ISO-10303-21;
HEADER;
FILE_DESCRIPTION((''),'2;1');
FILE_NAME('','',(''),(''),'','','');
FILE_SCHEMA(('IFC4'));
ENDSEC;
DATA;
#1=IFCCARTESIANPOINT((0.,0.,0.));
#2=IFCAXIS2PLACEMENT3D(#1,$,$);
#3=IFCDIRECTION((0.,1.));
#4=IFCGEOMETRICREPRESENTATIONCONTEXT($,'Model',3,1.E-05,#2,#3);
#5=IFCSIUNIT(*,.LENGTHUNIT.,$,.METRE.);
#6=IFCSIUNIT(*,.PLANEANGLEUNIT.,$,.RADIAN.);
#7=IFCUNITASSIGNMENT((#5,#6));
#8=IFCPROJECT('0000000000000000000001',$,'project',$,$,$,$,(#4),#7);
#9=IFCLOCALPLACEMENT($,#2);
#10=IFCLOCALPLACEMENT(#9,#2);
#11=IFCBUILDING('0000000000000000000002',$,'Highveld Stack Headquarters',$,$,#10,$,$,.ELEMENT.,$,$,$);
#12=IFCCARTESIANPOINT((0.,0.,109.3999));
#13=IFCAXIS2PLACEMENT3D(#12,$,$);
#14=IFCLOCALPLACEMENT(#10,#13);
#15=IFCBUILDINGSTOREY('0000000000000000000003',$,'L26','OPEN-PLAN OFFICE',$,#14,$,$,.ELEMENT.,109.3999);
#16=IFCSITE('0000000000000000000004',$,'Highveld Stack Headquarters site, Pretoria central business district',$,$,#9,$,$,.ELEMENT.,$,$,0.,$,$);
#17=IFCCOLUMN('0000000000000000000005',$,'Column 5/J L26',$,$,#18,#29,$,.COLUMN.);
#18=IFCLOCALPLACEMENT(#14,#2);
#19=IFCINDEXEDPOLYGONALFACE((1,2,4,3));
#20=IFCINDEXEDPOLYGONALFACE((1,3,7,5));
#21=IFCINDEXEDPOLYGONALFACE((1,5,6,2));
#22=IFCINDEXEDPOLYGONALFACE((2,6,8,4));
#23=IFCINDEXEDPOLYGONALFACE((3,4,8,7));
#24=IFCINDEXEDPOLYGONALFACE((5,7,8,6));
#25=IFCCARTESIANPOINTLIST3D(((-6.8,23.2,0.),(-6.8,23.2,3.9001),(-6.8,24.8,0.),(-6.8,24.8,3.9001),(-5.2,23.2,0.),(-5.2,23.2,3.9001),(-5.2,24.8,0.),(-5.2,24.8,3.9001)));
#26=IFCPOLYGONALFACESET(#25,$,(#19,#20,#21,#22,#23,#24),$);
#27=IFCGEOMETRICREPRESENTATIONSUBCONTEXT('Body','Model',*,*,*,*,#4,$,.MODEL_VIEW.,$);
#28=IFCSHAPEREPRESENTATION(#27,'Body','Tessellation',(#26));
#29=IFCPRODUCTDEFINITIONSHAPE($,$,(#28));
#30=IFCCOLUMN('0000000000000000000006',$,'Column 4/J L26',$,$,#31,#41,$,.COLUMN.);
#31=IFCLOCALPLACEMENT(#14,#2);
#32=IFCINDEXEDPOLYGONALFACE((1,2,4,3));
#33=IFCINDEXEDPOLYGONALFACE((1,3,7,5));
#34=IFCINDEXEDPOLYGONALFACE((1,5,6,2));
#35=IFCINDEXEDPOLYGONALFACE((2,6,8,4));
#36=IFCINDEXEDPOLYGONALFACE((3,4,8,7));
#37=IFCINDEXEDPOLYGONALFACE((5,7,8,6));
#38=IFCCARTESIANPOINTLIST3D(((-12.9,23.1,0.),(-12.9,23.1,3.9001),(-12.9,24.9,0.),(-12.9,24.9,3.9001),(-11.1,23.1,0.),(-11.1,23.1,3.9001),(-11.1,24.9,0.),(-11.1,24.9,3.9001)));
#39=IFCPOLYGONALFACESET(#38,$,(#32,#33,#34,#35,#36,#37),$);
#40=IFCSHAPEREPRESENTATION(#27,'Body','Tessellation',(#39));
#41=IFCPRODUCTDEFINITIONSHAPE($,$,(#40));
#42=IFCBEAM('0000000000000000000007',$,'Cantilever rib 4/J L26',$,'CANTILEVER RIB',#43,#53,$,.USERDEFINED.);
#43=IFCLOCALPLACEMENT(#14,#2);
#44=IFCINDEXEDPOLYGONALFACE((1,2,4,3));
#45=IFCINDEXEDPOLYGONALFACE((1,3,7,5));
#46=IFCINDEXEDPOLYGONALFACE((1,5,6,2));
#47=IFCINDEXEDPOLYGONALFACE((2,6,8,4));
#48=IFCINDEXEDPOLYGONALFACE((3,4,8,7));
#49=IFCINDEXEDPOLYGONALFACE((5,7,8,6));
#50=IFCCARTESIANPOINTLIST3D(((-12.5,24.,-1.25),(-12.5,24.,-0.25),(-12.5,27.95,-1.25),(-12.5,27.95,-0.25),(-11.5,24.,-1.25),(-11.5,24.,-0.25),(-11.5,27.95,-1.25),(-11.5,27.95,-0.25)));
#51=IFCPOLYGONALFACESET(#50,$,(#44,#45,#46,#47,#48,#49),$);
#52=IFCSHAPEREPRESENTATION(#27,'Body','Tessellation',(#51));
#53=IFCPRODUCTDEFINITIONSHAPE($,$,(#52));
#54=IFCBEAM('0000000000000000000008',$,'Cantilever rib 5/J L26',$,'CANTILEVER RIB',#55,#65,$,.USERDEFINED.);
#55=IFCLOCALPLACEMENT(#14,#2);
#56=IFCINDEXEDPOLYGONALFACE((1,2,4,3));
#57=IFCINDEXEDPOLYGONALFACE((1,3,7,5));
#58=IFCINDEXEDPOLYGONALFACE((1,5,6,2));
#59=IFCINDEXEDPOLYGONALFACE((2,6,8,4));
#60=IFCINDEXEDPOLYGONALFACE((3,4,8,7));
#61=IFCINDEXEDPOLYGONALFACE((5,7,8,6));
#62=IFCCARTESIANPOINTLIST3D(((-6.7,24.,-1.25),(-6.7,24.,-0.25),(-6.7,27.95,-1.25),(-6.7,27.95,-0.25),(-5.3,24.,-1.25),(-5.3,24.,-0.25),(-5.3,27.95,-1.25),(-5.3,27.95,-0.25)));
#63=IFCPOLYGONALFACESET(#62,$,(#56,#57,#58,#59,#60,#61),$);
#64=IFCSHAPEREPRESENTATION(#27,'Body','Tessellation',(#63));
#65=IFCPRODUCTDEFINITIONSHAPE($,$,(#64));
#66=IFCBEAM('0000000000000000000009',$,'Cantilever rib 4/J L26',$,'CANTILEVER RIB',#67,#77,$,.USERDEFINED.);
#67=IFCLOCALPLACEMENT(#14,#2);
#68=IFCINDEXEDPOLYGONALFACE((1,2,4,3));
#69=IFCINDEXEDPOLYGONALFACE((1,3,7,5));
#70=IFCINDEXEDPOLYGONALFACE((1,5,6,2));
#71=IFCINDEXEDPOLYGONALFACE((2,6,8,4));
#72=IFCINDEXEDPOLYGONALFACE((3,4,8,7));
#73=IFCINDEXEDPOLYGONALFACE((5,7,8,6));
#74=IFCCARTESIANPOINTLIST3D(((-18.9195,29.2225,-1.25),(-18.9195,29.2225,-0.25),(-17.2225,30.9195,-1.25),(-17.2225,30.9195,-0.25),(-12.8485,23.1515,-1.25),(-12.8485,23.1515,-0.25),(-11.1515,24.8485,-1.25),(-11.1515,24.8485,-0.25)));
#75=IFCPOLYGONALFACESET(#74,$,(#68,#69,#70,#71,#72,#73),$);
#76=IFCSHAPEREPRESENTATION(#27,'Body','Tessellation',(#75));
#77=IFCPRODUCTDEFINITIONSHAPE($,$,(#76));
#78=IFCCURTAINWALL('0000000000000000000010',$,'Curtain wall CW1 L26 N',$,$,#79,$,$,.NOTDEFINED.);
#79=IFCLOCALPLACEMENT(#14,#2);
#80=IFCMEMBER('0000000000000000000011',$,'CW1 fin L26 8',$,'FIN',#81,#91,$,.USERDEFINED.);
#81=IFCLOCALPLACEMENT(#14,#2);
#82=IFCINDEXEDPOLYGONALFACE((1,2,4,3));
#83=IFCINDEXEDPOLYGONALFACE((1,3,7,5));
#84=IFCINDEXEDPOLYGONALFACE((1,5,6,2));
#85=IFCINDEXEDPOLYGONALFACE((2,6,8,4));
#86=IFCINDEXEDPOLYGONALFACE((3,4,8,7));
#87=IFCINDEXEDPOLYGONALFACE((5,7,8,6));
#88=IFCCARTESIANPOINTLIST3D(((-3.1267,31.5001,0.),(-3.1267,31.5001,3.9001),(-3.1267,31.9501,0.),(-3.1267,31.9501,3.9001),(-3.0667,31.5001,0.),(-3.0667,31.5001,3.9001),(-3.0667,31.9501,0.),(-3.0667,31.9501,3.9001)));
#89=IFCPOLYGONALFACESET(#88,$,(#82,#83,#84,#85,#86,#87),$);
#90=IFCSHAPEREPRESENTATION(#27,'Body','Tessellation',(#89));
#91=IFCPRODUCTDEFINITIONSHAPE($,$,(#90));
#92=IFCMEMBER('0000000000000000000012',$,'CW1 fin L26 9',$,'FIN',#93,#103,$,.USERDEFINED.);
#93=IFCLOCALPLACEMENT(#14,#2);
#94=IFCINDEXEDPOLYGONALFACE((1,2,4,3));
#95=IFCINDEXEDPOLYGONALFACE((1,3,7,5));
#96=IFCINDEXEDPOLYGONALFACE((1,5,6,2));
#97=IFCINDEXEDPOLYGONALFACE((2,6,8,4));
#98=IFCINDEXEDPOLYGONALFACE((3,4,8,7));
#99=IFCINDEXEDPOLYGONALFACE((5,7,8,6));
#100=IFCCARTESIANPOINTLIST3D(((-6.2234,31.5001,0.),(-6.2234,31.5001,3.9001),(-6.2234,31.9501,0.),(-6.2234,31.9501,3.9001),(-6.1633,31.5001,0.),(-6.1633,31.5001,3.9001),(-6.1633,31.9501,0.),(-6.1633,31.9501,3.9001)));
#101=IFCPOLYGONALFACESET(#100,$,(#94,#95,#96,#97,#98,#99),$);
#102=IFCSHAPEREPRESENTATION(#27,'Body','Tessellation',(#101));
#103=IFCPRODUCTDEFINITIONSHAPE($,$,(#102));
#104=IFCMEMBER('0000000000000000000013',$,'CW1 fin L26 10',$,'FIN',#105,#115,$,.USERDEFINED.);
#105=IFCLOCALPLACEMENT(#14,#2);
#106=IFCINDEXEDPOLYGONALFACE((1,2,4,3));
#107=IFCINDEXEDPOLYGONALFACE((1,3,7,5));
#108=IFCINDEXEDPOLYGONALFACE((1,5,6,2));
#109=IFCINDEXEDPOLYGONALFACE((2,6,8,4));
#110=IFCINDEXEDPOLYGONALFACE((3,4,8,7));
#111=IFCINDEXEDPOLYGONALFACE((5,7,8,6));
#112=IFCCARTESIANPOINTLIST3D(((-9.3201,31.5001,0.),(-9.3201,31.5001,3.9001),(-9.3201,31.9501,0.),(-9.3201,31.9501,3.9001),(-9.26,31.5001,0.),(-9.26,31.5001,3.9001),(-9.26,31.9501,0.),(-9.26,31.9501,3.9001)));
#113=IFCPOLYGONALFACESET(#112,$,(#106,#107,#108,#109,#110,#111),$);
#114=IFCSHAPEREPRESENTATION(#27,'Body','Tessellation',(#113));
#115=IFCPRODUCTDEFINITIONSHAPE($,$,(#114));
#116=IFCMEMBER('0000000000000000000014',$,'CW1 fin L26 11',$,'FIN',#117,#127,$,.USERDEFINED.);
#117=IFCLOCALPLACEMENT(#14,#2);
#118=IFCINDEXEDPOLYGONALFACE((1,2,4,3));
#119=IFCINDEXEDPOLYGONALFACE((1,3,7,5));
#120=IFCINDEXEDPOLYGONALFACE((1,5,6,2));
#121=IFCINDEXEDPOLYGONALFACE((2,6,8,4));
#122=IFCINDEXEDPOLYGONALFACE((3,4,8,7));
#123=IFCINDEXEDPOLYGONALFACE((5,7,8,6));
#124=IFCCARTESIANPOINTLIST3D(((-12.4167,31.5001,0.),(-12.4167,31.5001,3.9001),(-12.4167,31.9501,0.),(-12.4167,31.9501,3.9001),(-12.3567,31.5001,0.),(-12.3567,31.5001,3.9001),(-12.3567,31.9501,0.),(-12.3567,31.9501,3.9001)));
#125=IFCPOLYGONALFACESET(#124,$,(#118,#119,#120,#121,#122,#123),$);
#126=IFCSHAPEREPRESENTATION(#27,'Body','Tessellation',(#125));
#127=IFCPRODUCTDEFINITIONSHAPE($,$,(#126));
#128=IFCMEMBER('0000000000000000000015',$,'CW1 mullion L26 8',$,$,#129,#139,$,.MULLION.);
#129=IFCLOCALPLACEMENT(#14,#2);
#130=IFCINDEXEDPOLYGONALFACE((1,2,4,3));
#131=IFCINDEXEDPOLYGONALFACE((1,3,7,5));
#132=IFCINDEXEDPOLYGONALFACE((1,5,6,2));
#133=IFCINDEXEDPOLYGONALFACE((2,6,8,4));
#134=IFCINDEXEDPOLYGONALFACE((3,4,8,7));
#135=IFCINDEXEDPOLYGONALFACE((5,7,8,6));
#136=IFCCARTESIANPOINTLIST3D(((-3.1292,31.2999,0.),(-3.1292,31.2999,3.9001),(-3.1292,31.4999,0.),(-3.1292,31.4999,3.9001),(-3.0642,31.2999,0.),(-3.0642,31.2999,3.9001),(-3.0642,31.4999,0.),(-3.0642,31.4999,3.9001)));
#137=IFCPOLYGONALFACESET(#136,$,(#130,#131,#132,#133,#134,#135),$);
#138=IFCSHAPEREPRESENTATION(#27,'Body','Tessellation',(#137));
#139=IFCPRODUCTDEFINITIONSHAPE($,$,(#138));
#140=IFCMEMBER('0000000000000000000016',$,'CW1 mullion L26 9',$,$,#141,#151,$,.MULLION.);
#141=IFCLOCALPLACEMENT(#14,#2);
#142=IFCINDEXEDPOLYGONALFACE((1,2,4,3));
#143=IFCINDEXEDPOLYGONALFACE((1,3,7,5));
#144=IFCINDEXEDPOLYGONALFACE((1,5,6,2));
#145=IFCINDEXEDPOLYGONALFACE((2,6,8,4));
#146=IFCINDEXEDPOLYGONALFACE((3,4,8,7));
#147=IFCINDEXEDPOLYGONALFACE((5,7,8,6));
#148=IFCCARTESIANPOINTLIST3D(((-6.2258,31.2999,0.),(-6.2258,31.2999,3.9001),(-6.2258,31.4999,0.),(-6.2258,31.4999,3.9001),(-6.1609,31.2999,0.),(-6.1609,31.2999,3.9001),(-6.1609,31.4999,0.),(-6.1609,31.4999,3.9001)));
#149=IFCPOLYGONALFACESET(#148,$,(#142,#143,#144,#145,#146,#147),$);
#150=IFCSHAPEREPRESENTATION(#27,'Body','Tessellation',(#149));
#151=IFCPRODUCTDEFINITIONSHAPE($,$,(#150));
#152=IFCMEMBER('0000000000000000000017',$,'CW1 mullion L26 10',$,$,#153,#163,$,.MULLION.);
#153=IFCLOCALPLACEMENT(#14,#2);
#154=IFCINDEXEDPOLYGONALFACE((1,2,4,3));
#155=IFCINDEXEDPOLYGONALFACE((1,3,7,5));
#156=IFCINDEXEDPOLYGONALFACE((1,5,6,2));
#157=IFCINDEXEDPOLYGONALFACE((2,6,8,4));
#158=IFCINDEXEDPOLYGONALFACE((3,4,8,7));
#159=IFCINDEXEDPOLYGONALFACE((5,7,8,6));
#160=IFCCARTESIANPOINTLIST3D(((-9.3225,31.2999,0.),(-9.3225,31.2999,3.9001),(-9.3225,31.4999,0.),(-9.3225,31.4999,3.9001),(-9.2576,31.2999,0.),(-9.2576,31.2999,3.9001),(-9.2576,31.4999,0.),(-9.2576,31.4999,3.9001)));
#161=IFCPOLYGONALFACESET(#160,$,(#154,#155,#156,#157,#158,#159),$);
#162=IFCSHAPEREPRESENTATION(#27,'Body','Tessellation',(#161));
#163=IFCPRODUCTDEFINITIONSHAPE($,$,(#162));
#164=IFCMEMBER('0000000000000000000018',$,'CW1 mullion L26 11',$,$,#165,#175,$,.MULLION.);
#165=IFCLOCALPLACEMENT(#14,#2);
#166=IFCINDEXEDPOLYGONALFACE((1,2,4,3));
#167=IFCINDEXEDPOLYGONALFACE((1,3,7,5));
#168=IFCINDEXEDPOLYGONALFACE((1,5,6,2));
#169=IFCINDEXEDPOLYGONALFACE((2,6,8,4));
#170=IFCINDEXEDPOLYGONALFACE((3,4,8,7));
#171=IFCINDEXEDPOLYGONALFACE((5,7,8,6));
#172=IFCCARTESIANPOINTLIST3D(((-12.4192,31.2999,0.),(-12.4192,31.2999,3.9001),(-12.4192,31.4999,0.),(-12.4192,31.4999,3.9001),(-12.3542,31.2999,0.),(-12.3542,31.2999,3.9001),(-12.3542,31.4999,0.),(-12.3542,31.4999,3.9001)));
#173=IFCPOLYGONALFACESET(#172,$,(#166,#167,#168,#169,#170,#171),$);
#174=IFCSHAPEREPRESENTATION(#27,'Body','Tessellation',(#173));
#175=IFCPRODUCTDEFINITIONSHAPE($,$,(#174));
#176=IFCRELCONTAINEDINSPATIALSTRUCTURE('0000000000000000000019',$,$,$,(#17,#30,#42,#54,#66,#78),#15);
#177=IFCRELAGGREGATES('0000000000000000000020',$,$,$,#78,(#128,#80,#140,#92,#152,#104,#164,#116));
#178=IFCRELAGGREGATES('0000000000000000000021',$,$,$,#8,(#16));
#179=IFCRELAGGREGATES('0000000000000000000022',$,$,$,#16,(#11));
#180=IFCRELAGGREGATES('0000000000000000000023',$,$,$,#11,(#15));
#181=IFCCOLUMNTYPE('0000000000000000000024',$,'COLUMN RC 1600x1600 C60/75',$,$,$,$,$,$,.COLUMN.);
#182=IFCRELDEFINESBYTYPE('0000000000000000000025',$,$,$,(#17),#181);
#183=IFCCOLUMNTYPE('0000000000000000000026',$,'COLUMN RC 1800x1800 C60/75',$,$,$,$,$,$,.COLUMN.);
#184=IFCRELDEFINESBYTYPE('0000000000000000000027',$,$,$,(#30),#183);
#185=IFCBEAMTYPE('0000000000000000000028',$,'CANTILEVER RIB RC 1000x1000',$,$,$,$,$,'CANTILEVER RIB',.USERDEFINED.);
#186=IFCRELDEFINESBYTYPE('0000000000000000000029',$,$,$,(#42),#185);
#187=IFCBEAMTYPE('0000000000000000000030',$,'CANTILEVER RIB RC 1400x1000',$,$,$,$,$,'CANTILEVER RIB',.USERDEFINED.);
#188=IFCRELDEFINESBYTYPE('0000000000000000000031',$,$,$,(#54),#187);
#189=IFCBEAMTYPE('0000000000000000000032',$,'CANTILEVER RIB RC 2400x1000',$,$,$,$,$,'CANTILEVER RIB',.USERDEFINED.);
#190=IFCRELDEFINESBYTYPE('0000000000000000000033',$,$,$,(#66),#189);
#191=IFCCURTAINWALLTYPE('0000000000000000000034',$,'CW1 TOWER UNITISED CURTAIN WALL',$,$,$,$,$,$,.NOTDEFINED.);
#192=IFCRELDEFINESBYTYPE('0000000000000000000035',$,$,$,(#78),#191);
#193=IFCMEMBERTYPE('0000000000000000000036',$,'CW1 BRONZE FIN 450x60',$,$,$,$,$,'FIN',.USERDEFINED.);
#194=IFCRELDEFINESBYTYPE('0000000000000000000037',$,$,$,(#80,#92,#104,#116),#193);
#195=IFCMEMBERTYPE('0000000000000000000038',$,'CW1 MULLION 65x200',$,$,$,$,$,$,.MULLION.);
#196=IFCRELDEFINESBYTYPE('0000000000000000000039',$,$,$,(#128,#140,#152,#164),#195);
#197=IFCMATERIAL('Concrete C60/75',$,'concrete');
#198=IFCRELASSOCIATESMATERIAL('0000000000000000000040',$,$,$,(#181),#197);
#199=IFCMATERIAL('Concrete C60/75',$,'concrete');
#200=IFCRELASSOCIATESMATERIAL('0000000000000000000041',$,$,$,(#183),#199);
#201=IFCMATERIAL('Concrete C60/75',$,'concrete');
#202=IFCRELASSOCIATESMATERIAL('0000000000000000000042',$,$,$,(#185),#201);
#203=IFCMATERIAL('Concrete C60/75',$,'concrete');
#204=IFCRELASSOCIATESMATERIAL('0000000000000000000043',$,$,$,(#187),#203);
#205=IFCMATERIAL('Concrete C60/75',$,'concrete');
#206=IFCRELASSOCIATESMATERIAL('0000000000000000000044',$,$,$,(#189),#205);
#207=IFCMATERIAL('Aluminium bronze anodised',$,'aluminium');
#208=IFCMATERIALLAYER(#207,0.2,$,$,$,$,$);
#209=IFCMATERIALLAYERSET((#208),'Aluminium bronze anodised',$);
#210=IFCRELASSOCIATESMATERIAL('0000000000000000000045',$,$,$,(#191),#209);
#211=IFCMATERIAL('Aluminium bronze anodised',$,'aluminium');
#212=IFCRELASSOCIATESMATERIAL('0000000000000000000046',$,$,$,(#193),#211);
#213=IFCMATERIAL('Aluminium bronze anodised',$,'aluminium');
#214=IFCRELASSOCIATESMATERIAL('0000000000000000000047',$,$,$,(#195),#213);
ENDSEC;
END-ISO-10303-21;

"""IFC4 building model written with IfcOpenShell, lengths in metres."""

from ifc_helpers import new_model, si_unit, direction, frame, origin, origin_2d, place, context, subcontext, project, spatial, rectangle, extrude, material, layer, layer_set, material_profile, profile_set, type_object, element, aggregate, save


model = new_model("IFC4")

# Units and contexts
model_context = context("Model", 3, precision=1e-05, world=origin(), true_north=direction((0.0, 1.0)))
body_context = subcontext(model_context, "Body", "Model", "MODEL_VIEW")
ifc_project = project(units=[si_unit("LENGTHUNIT", "METRE"), si_unit("PLANEANGLEUNIT", "RADIAN")], contexts=[model_context])

# Site, building, storey
site_placement = place(None, origin())
site = spatial("IfcSite", under=ifc_project, at=site_placement, Name="Highveld Stack Headquarters site, Pretoria central business district", CompositionType="ELEMENT", RefElevation=0.0)
building_placement = place(site_placement, origin())
building = spatial("IfcBuilding", under=site, at=building_placement, Name="Highveld Stack Headquarters", CompositionType="ELEMENT")
storey_placement = place(building_placement, frame((0.0, 0.0, 109.3999)))
storey = spatial("IfcBuildingStorey", under=building, at=storey_placement, Name="L26", Description="OPEN-PLAN OFFICE", CompositionType="ELEMENT", Elevation=109.3999)

# Columns
ifc_material_1 = material(Name="Concrete C60/75", Category="concrete")
ifc_material_profile_1 = material_profile(ifc_material_1, rectangle(XDim=1.6001, YDim=1.6001, at=origin_2d()), Name="RC 1600x1600")
ifc_profile_set_1 = profile_set([ifc_material_profile_1], Name="Concrete C60/75")
column_type_1 = type_object("IfcColumnType", Name="COLUMN RC 1600x1600 C60/75", PredefinedType="COLUMN", material=ifc_profile_set_1)
column_1_placement = place(storey_placement, frame((-6.0, 24.0, 0.0), z_axis=(0.0, 0.0, 1.0), x_axis=(1.0, 0.0, 0.0)))
element("IfcColumn", 1, at=column_1_placement, inside=storey, type_object=column_type_1, Name="Column 5/J L26", PredefinedType="COLUMN", context=body_context, shape_type="SweptSolid", body=[
    extrude(rectangle(XDim=1.6001, YDim=1.6001, at=origin_2d()), origin(), (0.0, 0.0, 1.0), 3.9001),
])
ifc_material_2 = material(Name="Concrete C60/75", Category="concrete")
ifc_material_profile_2 = material_profile(ifc_material_2, rectangle(XDim=1.8, YDim=1.8, at=origin_2d()), Name="RC 1800x1800")
ifc_profile_set_2 = profile_set([ifc_material_profile_2], Name="Concrete C60/75")
column_type_2 = type_object("IfcColumnType", Name="COLUMN RC 1800x1800 C60/75", PredefinedType="COLUMN", material=ifc_profile_set_2)
column_2_placement = place(storey_placement, frame((-12.0, 24.0, 0.0), z_axis=(0.0, 0.0, 1.0), x_axis=(1.0, 0.0, 0.0)))
element("IfcColumn", 2, at=column_2_placement, inside=storey, type_object=column_type_2, Name="Column 4/J L26", PredefinedType="COLUMN", context=body_context, shape_type="SweptSolid", body=[
    extrude(rectangle(XDim=1.8, YDim=1.8, at=origin_2d()), origin(), (0.0, 0.0, 1.0), 3.9001),
])

# Beams
ifc_material_3 = material(Name="Concrete C60/75", Category="concrete")
ifc_material_profile_3 = material_profile(ifc_material_3, rectangle(XDim=1.0, YDim=1.0, at=origin_2d()), Name="RC 1000x1000")
ifc_profile_set_3 = profile_set([ifc_material_profile_3], Name="Concrete C60/75")
beam_type_1 = type_object("IfcBeamType", Name="CANTILEVER RIB RC 1000x1000", ElementType="CANTILEVER RIB", PredefinedType="USERDEFINED", material=ifc_profile_set_3)
beam_1_placement = place(storey_placement, frame((-12.0, 24.0, -0.75), z_axis=(0.0, 1.0, 0.0), x_axis=(-1.0, 0.0, 0.0)))
element("IfcBeam", 3, at=beam_1_placement, inside=storey, type_object=beam_type_1, Name="Cantilever rib 4/J L26", ObjectType="CANTILEVER RIB", PredefinedType="USERDEFINED", context=body_context, shape_type="SweptSolid", body=[
    extrude(rectangle(XDim=1.0, YDim=1.0, at=origin_2d()), origin(), (0.0, 0.0, 1.0), 3.95),
])
ifc_material_4 = material(Name="Concrete C60/75", Category="concrete")
ifc_material_profile_4 = material_profile(ifc_material_4, rectangle(XDim=1.3999, YDim=1.0, at=origin_2d()), Name="RC 1400x1000")
ifc_profile_set_4 = profile_set([ifc_material_profile_4], Name="Concrete C60/75")
beam_type_2 = type_object("IfcBeamType", Name="CANTILEVER RIB RC 1400x1000", ElementType="CANTILEVER RIB", PredefinedType="USERDEFINED", material=ifc_profile_set_4)
beam_2_placement = place(storey_placement, frame((-6.0, 24.0, -0.75), z_axis=(0.0, 1.0, 0.0), x_axis=(-1.0, 0.0, 0.0)))
element("IfcBeam", 4, at=beam_2_placement, inside=storey, type_object=beam_type_2, Name="Cantilever rib 5/J L26", ObjectType="CANTILEVER RIB", PredefinedType="USERDEFINED", context=body_context, shape_type="SweptSolid", body=[
    extrude(rectangle(XDim=1.3999, YDim=1.0, at=origin_2d()), origin(), (0.0, 0.0, 1.0), 3.95),
])
ifc_material_5 = material(Name="Concrete C60/75", Category="concrete")
ifc_material_profile_5 = material_profile(ifc_material_5, rectangle(XDim=2.3999, YDim=1.0, at=origin_2d()), Name="RC 2400x1000")
ifc_profile_set_5 = profile_set([ifc_material_profile_5], Name="Concrete C60/75")
beam_type_3 = type_object("IfcBeamType", Name="CANTILEVER RIB RC 2400x1000", ElementType="CANTILEVER RIB", PredefinedType="USERDEFINED", material=ifc_profile_set_5)
beam_3_placement = place(storey_placement, frame((-12.0, 24.0, -0.75), z_axis=(-0.707107, 0.707107, 0.0), x_axis=(-0.707107, -0.707107, 0.0)))
element("IfcBeam", 5, at=beam_3_placement, inside=storey, type_object=beam_type_3, Name="Cantilever rib 4/J L26", ObjectType="CANTILEVER RIB", PredefinedType="USERDEFINED", context=body_context, shape_type="SweptSolid", body=[
    extrude(rectangle(XDim=2.3999, YDim=1.0, at=origin_2d()), origin(), (0.0, 0.0, 1.0), 8.5857),
])

# Curtain wall, members
ifc_material_6 = material(Name="Aluminium bronze anodised", Category="aluminium")
ifc_layer_1 = layer(ifc_material_6, 0.2)
ifc_layer_set_1 = layer_set([ifc_layer_1], Name="Aluminium bronze anodised")
curtain_wall_type = type_object("IfcCurtainWallType", Name="CW1 TOWER UNITISED CURTAIN WALL", PredefinedType="NOTDEFINED", material=ifc_layer_set_1)
curtain_wall_placement = place(storey_placement, origin())
curtain_wall = element("IfcCurtainWall", 6, at=curtain_wall_placement, inside=storey, type_object=curtain_wall_type, Name="Curtain wall CW1 L26 N", PredefinedType="NOTDEFINED")
ifc_material_7 = material(Name="Aluminium bronze anodised", Category="aluminium")
ifc_material_profile_6 = material_profile(ifc_material_7, rectangle(XDim=0.45, YDim=0.0601, at=origin_2d()), Name="FIN 450x60")
ifc_profile_set_6 = profile_set([ifc_material_profile_6], Name="Aluminium bronze anodised")
member_type_1 = type_object("IfcMemberType", Name="CW1 BRONZE FIN 450x60", ElementType="FIN", PredefinedType="USERDEFINED", material=ifc_profile_set_6)
member_1_placement = place(storey_placement, frame((-3.0967, 31.7251, 0.0), z_axis=(0.0, 0.0, 1.0), x_axis=(0.0, -1.0, 0.0)))
member_1 = element("IfcMember", 7, at=member_1_placement, type_object=member_type_1, Name="CW1 fin L26 8", ObjectType="FIN", PredefinedType="USERDEFINED", context=body_context, shape_type="SweptSolid", body=[
    extrude(rectangle(XDim=0.45, YDim=0.0601, at=origin_2d()), origin(), (0.0, 0.0, 1.0), 3.9001),
])
member_2_placement = place(storey_placement, frame((-6.1934, 31.7251, 0.0), z_axis=(0.0, 0.0, 1.0), x_axis=(0.0, -1.0, 0.0)))
member_2 = element("IfcMember", 8, at=member_2_placement, type_object=member_type_1, Name="CW1 fin L26 9", ObjectType="FIN", PredefinedType="USERDEFINED", context=body_context, shape_type="SweptSolid", body=[
    extrude(rectangle(XDim=0.45, YDim=0.0601, at=origin_2d()), origin(), (0.0, 0.0, 1.0), 3.9001),
])
member_3_placement = place(storey_placement, frame((-9.29, 31.7251, 0.0), z_axis=(0.0, 0.0, 1.0), x_axis=(0.0, -1.0, 0.0)))
member_3 = element("IfcMember", 9, at=member_3_placement, type_object=member_type_1, Name="CW1 fin L26 10", ObjectType="FIN", PredefinedType="USERDEFINED", context=body_context, shape_type="SweptSolid", body=[
    extrude(rectangle(XDim=0.45, YDim=0.0601, at=origin_2d()), origin(), (0.0, 0.0, 1.0), 3.9001),
])
member_4_placement = place(storey_placement, frame((-12.3867, 31.7251, 0.0), z_axis=(0.0, 0.0, 1.0), x_axis=(0.0, -1.0, 0.0)))
member_4 = element("IfcMember", 10, at=member_4_placement, type_object=member_type_1, Name="CW1 fin L26 11", ObjectType="FIN", PredefinedType="USERDEFINED", context=body_context, shape_type="SweptSolid", body=[
    extrude(rectangle(XDim=0.45, YDim=0.0601, at=origin_2d()), origin(), (0.0, 0.0, 1.0), 3.9001),
])
ifc_material_8 = material(Name="Aluminium bronze anodised", Category="aluminium")
ifc_material_profile_7 = material_profile(ifc_material_8, rectangle(XDim=0.2, YDim=0.0649, at=origin_2d()), Name="CW1 MULLION 65x200")
ifc_profile_set_7 = profile_set([ifc_material_profile_7], Name="Aluminium bronze anodised")
member_type_2 = type_object("IfcMemberType", Name="CW1 MULLION 65x200", PredefinedType="MULLION", material=ifc_profile_set_7)
member_5_placement = place(storey_placement, frame((-3.0967, 31.3999, 0.0), z_axis=(0.0, 0.0, 1.0), x_axis=(0.0, -1.0, 0.0)))
member_5 = element("IfcMember", 11, at=member_5_placement, type_object=member_type_2, Name="CW1 mullion L26 8", PredefinedType="MULLION", context=body_context, shape_type="SweptSolid", body=[
    extrude(rectangle(XDim=0.2, YDim=0.0649, at=origin_2d()), origin(), (0.0, 0.0, 1.0), 3.9001),
])
member_6_placement = place(storey_placement, frame((-6.1934, 31.3999, 0.0), z_axis=(0.0, 0.0, 1.0), x_axis=(0.0, -1.0, 0.0)))
member_6 = element("IfcMember", 12, at=member_6_placement, type_object=member_type_2, Name="CW1 mullion L26 9", PredefinedType="MULLION", context=body_context, shape_type="SweptSolid", body=[
    extrude(rectangle(XDim=0.2, YDim=0.0649, at=origin_2d()), origin(), (0.0, 0.0, 1.0), 3.9001),
])
member_7_placement = place(storey_placement, frame((-9.29, 31.3999, 0.0), z_axis=(0.0, 0.0, 1.0), x_axis=(0.0, -1.0, 0.0)))
member_7 = element("IfcMember", 13, at=member_7_placement, type_object=member_type_2, Name="CW1 mullion L26 10", PredefinedType="MULLION", context=body_context, shape_type="SweptSolid", body=[
    extrude(rectangle(XDim=0.2, YDim=0.0649, at=origin_2d()), origin(), (0.0, 0.0, 1.0), 3.9001),
])
member_8_placement = place(storey_placement, frame((-12.3867, 31.3999, 0.0), z_axis=(0.0, 0.0, 1.0), x_axis=(0.0, -1.0, 0.0)))
member_8 = element("IfcMember", 14, at=member_8_placement, type_object=member_type_2, Name="CW1 mullion L26 11", PredefinedType="MULLION", context=body_context, shape_type="SweptSolid", body=[
    extrude(rectangle(XDim=0.2, YDim=0.0649, at=origin_2d()), origin(), (0.0, 0.0, 1.0), 3.9001),
])

aggregate(curtain_wall, [member_5, member_1, member_6, member_2, member_7, member_3, member_8, member_4])

save(model, "model.ifc")
